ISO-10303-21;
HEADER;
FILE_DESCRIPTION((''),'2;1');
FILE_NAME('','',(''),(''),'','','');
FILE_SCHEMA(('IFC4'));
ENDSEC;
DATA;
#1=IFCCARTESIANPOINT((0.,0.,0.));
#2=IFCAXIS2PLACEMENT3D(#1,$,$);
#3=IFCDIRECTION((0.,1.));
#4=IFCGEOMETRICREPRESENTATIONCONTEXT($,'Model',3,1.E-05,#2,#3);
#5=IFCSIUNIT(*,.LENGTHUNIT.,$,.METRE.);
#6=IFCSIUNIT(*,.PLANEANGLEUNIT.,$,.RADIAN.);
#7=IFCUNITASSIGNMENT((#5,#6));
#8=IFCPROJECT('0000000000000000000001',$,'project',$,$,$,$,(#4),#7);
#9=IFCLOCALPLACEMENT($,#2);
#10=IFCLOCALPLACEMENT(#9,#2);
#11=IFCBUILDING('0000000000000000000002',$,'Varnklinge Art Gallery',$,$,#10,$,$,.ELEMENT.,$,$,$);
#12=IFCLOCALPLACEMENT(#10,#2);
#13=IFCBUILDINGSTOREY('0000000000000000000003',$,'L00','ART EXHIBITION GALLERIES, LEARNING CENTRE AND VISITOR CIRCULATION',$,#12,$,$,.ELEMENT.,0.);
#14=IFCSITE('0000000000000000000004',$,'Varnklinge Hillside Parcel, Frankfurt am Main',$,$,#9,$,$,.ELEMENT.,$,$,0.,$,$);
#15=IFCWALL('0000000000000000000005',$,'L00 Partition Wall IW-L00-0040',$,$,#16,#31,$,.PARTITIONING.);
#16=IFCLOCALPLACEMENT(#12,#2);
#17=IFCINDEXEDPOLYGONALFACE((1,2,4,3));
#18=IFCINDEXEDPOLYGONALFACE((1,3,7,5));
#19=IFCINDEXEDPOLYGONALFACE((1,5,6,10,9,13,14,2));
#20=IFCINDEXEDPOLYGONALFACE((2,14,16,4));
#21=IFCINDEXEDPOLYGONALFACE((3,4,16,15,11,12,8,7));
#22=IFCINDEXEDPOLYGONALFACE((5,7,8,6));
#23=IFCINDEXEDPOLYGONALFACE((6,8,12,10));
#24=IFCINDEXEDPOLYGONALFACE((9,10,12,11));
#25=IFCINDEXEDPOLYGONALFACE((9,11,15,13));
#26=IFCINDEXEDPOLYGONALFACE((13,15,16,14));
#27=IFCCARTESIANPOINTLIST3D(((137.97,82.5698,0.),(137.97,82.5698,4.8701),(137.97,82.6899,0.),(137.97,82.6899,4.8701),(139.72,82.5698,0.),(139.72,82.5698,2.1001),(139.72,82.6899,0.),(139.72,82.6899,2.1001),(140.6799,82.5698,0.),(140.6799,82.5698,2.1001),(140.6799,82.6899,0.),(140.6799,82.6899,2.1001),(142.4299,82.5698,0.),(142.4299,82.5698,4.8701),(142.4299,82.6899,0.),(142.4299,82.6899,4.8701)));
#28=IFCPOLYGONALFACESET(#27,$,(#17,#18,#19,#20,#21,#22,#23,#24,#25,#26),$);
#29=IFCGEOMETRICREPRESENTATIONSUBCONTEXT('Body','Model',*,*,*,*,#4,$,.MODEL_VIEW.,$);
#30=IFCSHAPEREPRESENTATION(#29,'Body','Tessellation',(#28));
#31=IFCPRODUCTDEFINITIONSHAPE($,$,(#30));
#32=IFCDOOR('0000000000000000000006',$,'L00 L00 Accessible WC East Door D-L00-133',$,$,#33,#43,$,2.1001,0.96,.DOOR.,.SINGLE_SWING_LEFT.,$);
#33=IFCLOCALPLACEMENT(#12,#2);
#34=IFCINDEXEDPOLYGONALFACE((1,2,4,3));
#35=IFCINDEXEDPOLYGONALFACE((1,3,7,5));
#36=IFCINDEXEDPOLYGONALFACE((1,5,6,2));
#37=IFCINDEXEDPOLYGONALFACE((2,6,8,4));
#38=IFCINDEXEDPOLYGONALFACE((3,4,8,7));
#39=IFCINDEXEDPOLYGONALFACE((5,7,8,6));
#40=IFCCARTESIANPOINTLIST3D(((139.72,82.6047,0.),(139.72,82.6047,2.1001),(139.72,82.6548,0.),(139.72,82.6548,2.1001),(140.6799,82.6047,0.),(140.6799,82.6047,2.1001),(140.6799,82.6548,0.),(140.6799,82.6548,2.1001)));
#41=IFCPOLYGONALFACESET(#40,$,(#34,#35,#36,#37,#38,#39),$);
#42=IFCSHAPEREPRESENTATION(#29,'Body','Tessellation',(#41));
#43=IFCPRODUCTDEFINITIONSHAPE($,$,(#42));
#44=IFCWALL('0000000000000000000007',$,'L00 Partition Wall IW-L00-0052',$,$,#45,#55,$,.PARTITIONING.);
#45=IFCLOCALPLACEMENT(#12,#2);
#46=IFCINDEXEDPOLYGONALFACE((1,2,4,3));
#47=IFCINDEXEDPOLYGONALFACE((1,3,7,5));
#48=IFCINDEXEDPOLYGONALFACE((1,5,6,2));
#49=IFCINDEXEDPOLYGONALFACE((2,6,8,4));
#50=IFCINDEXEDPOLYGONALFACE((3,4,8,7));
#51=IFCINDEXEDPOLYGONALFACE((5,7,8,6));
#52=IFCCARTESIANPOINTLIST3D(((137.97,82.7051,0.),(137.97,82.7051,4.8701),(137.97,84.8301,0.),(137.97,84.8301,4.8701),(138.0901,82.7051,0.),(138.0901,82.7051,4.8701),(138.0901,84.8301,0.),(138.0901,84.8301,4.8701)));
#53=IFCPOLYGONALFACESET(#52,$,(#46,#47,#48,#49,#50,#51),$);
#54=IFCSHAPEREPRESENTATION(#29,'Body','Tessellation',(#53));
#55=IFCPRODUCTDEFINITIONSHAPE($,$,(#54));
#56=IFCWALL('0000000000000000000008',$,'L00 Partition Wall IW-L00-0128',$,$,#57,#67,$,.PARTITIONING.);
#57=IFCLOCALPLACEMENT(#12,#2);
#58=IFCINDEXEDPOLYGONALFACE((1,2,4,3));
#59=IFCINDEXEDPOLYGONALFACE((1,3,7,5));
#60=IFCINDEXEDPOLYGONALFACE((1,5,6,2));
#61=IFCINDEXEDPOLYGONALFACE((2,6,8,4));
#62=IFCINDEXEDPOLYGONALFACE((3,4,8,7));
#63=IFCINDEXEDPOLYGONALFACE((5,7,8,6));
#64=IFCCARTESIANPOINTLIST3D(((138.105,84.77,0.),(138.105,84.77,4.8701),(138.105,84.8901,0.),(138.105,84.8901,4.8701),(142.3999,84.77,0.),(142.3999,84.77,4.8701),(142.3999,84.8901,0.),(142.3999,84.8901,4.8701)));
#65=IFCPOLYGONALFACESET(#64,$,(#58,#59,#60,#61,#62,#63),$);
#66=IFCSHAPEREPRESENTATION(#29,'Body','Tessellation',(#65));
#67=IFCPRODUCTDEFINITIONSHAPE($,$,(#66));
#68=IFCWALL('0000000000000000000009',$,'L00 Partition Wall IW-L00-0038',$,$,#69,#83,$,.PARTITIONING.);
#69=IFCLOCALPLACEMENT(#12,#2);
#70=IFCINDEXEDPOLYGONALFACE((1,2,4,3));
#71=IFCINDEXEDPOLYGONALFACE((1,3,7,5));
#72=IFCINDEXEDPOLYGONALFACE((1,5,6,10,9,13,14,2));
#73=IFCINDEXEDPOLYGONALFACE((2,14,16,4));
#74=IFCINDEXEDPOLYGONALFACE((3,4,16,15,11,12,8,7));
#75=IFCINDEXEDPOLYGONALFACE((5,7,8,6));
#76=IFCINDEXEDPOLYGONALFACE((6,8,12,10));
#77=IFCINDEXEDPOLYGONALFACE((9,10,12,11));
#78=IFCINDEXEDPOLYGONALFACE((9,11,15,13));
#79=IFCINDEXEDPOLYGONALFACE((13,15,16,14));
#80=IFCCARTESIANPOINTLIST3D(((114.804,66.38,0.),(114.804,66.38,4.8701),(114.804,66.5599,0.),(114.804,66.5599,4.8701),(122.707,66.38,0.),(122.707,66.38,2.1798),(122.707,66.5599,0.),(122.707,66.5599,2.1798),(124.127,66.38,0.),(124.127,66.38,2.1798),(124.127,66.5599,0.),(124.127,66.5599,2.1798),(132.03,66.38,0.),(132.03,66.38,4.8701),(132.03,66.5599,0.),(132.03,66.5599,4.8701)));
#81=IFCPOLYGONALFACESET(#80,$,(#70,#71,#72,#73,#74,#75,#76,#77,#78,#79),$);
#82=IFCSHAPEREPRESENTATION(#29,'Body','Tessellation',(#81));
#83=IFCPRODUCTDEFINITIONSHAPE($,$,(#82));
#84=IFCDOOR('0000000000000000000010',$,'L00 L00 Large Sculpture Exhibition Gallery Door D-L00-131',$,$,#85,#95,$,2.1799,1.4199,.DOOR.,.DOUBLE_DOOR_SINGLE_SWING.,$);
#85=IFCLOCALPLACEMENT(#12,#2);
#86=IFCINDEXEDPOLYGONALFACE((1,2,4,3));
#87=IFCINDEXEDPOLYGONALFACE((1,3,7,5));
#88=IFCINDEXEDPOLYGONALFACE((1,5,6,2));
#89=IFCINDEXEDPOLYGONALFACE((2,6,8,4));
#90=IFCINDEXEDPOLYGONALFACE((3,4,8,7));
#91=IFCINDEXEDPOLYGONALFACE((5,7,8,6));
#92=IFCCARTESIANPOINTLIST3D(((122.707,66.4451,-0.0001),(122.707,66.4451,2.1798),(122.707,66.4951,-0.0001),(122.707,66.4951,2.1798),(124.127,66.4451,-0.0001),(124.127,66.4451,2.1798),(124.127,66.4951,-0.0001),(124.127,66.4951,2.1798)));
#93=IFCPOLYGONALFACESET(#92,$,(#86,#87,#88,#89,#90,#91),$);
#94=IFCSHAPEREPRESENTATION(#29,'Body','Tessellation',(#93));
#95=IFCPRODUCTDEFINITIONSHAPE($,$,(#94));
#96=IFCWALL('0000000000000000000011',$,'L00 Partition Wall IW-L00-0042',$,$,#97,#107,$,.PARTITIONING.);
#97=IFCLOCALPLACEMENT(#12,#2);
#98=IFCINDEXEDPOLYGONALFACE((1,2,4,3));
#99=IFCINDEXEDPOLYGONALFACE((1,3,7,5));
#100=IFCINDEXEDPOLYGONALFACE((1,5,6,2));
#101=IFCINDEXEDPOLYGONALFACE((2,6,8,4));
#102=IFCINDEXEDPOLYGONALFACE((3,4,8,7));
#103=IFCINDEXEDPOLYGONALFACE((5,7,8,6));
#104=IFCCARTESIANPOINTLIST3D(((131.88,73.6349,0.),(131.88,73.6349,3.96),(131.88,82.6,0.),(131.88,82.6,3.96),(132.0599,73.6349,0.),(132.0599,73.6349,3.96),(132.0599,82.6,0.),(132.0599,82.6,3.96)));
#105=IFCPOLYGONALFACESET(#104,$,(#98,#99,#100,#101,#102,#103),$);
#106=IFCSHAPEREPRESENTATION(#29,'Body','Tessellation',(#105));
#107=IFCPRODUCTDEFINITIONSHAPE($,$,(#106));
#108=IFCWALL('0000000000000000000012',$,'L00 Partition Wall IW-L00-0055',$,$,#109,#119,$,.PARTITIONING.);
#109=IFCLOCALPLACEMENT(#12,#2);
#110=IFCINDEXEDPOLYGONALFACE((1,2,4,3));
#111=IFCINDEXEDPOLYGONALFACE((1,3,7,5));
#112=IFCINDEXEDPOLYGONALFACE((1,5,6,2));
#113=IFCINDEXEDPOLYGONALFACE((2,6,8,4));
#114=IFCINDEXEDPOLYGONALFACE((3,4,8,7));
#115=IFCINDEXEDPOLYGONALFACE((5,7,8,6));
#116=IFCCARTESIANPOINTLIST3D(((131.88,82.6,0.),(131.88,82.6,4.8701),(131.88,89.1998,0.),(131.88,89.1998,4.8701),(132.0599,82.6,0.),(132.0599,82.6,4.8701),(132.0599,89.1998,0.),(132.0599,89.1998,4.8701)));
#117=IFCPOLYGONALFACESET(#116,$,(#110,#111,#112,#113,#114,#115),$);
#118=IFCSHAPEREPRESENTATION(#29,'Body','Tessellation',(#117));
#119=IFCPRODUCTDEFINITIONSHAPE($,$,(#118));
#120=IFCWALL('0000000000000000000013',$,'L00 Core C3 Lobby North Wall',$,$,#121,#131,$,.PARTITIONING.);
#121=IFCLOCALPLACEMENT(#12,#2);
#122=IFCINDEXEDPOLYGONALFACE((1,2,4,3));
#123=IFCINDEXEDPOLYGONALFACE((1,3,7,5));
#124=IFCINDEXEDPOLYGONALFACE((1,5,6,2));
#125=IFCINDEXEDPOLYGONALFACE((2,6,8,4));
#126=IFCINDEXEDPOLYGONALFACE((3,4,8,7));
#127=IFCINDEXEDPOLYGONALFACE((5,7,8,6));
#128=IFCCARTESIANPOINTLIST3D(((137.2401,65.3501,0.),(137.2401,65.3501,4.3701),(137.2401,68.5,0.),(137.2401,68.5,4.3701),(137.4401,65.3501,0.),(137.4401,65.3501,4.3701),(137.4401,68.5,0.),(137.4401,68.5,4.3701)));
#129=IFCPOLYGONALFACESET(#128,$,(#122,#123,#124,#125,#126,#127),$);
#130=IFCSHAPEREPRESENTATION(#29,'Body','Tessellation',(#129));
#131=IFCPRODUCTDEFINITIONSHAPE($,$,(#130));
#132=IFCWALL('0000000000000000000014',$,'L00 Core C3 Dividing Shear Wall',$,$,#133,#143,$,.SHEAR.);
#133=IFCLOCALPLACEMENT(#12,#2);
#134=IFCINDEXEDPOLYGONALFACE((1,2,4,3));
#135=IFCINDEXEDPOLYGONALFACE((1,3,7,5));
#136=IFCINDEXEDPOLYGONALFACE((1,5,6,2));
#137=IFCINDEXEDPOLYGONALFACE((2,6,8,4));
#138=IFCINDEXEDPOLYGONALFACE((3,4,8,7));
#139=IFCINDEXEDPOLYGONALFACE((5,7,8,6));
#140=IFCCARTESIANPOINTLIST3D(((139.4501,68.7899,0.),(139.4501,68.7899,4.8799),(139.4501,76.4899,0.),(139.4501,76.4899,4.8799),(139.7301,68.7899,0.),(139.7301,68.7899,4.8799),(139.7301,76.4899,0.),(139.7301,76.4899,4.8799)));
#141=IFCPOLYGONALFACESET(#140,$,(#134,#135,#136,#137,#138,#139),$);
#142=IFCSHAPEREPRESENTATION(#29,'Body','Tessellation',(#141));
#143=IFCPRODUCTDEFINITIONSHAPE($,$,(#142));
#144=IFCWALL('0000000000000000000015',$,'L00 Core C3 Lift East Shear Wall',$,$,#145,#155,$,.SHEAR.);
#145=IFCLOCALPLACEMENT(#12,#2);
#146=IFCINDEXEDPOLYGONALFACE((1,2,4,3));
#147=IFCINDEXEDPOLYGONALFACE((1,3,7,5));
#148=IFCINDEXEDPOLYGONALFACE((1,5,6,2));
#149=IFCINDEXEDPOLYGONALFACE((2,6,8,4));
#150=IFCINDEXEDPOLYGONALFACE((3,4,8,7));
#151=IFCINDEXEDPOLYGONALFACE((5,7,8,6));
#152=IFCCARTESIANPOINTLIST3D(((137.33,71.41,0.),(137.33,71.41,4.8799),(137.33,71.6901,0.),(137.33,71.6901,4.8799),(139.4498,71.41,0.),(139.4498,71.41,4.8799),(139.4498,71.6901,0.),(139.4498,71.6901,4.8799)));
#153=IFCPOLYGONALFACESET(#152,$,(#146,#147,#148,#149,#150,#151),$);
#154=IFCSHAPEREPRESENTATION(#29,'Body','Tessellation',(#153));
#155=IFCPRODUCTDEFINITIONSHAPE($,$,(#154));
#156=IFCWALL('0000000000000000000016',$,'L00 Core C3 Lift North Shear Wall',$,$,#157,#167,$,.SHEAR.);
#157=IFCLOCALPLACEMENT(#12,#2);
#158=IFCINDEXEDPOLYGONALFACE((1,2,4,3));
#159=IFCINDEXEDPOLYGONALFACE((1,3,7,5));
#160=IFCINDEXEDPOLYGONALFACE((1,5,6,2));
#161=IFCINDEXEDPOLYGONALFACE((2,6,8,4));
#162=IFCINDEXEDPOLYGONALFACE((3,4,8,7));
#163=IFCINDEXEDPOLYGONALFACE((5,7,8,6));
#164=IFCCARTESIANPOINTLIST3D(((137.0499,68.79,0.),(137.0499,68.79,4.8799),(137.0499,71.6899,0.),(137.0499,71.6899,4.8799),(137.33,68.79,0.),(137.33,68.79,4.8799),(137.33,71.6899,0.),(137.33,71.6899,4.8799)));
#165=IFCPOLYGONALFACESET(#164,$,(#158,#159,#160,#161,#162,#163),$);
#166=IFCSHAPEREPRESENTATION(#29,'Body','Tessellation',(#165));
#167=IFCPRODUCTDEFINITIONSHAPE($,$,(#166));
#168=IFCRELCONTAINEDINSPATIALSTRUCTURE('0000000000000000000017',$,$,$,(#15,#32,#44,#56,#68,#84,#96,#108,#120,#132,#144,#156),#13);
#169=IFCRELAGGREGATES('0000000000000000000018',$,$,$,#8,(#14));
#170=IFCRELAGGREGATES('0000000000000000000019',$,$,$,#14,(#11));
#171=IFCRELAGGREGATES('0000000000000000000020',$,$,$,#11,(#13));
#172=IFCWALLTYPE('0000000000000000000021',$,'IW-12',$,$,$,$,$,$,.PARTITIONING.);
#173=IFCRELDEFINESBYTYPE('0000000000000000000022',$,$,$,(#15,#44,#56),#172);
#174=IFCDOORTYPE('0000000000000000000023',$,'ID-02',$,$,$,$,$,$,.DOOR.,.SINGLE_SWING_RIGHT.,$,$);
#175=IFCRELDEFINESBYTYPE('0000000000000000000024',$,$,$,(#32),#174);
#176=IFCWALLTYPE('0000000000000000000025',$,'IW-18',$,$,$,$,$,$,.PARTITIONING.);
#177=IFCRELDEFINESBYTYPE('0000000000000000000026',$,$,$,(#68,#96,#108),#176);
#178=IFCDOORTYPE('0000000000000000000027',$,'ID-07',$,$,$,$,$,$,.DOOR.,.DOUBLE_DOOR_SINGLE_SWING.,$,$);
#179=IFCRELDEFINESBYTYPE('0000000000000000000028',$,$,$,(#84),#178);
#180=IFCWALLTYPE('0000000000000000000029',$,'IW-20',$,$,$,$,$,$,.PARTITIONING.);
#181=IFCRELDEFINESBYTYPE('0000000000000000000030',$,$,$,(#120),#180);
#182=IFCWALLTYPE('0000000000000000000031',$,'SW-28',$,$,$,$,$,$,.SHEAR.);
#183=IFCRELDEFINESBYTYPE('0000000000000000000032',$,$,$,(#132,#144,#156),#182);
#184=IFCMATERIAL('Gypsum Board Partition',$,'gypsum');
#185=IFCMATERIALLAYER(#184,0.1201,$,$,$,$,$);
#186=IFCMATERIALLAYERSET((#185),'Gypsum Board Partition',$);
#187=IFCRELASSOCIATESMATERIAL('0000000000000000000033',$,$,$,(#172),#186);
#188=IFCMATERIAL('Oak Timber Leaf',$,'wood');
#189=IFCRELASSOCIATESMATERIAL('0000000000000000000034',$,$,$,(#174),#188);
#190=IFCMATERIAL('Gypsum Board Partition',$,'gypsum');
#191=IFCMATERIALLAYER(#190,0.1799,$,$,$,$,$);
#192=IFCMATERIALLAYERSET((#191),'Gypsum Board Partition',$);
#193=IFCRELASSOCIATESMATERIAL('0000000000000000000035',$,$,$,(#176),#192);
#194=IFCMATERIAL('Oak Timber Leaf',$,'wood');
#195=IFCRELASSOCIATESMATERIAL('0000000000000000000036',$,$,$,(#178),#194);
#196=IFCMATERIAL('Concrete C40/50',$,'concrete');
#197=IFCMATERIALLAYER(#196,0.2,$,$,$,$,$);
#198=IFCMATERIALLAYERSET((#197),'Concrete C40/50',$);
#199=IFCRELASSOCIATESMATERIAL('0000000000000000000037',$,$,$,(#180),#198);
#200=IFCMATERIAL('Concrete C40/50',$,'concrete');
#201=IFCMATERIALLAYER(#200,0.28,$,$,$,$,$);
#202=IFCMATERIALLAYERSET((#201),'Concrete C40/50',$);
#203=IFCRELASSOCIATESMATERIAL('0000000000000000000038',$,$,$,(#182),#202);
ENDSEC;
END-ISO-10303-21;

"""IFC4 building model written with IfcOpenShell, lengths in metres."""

from ifc_helpers import new_model, si_unit, direction, frame, frame_2d, origin, place, context, subcontext, project, spatial, rectangle, extrude, material, layer, layer_set, type_object, element, fill, save


model = new_model("IFC4")

# Units and contexts
model_context = context("Model", 3, precision=1e-05, world=origin(), true_north=direction((0.0, 1.0)))
body_context = subcontext(model_context, "Body", "Model", "MODEL_VIEW")
ifc_project = project(units=[si_unit("LENGTHUNIT", "METRE"), si_unit("PLANEANGLEUNIT", "RADIAN")], contexts=[model_context])

# Site, building, storey
site_placement = place(None, origin())
site = spatial("IfcSite", under=ifc_project, at=site_placement, Name="Varnklinge Hillside Parcel, Frankfurt am Main", CompositionType="ELEMENT", RefElevation=0.0)
building_placement = place(site_placement, origin())
building = spatial("IfcBuilding", under=site, at=building_placement, Name="Varnklinge Art Gallery", CompositionType="ELEMENT")
storey_placement = place(building_placement, origin())
storey = spatial("IfcBuildingStorey", under=building, at=storey_placement, Name="L00", Description="ART EXHIBITION GALLERIES, LEARNING CENTRE AND VISITOR CIRCULATION", CompositionType="ELEMENT", Elevation=0.0)

# Wall, opening, door
ifc_material_1 = material(Name="Gypsum Board Partition", Category="gypsum")
ifc_layer_1 = layer(ifc_material_1, 0.1201)
ifc_layer_set_1 = layer_set([ifc_layer_1], Name="Gypsum Board Partition")
wall_type_1 = type_object("IfcWallType", Name="IW-12", PredefinedType="PARTITIONING", material=ifc_layer_set_1)
wall_1_placement = place(storey_placement, frame((137.97, 82.6299, 0.0), z_axis=(0.0, 0.0, 1.0), x_axis=(1.0, 0.0, 0.0)))
wall_1 = element("IfcWall", 1, at=wall_1_placement, inside=storey, type_object=wall_type_1, Name="L00 Partition Wall IW-L00-0040", PredefinedType="PARTITIONING", context=body_context, shape_type="SweptSolid", body=[
    extrude(rectangle(XDim=4.46, YDim=0.1201, at=frame_2d((2.23, 0.0))), origin(), (0.0, 0.0, 1.0), 4.8701),
])
opening_1_placement = place(wall_1_placement, frame((1.75, 0.0, 0.0)))
opening_1 = element("IfcOpeningElement", 2, at=opening_1_placement, cuts=wall_1, PredefinedType="OPENING", context=body_context, shape_type="SweptSolid", body=[
    extrude(rectangle(XDim=0.96, YDim=2.1001, at=frame_2d((0.48, 1.05))), frame((0.0, 0.0701, 0.0), z_axis=(0.0, -1.0, 0.0), x_axis=(1.0, 0.0, 0.0)), (0.0, 0.0, 1.0), 0.1401),
])
ifc_material_2 = material(Name="Oak Timber Leaf", Category="wood")
door_type_1 = type_object("IfcDoorType", Name="ID-02", OperationType="SINGLE_SWING_RIGHT", PredefinedType="DOOR", material=ifc_material_2)
door_1_placement = place(opening_1_placement, origin())
door_1 = element("IfcDoor", 3, at=door_1_placement, inside=storey, type_object=door_type_1, Name="L00 L00 Accessible WC East Door D-L00-133", OperationType="SINGLE_SWING_LEFT", OverallHeight=2.1001, OverallWidth=0.96, PredefinedType="DOOR", context=body_context, shape_type="SweptSolid", body=[
    extrude(rectangle(XDim=0.96, YDim=2.1001, at=frame_2d((0.48, 1.05))), frame((0.0, 0.0249, 0.0), z_axis=(0.0, -1.0, 0.0), x_axis=(1.0, 0.0, 0.0)), (0.0, 0.0, 1.0), 0.05),
])
fill(opening_1, door_1)

# Wall
wall_2_placement = place(storey_placement, frame((138.03, 84.8301, 0.0), z_axis=(0.0, 0.0, 1.0), x_axis=(0.0, -1.0, 0.0)))
element("IfcWall", 4, at=wall_2_placement, inside=storey, type_object=wall_type_1, Name="L00 Partition Wall IW-L00-0052", PredefinedType="PARTITIONING", context=body_context, shape_type="SweptSolid", body=[
    extrude(rectangle(XDim=2.125, YDim=0.1201, at=frame_2d((1.0625, 0.0))), origin(), (0.0, 0.0, 1.0), 4.8701),
])

# Wall
wall_3_placement = place(storey_placement, frame((138.105, 84.8301, 0.0), z_axis=(0.0, 0.0, 1.0), x_axis=(1.0, 0.0, 0.0)))
element("IfcWall", 5, at=wall_3_placement, inside=storey, type_object=wall_type_1, Name="L00 Partition Wall IW-L00-0128", PredefinedType="PARTITIONING", context=body_context, shape_type="SweptSolid", body=[
    extrude(rectangle(XDim=4.2949, YDim=0.1201, at=frame_2d((2.1475, 0.0))), origin(), (0.0, 0.0, 1.0), 4.8701),
])

# Wall, opening, door
ifc_material_3 = material(Name="Gypsum Board Partition", Category="gypsum")
ifc_layer_2 = layer(ifc_material_3, 0.1799)
ifc_layer_set_2 = layer_set([ifc_layer_2], Name="Gypsum Board Partition")
wall_type_2 = type_object("IfcWallType", Name="IW-18", PredefinedType="PARTITIONING", material=ifc_layer_set_2)
wall_4_placement = place(storey_placement, frame((132.03, 66.47, 0.0), z_axis=(0.0, 0.0, 1.0), x_axis=(-1.0, 0.0, 0.0)))
wall_4 = element("IfcWall", 6, at=wall_4_placement, inside=storey, type_object=wall_type_2, Name="L00 Partition Wall IW-L00-0038", PredefinedType="PARTITIONING", context=body_context, shape_type="SweptSolid", body=[
    extrude(rectangle(XDim=17.2261, YDim=0.1799, at=frame_2d((8.613, 0.0))), origin(), (0.0, 0.0, 1.0), 4.8701),
])
opening_2_placement = place(wall_4_placement, frame((7.9031, 0.0, 0.0)))
opening_2 = element("IfcOpeningElement", 7, at=opening_2_placement, cuts=wall_4, PredefinedType="OPENING", context=body_context, shape_type="SweptSolid", body=[
    extrude(rectangle(XDim=1.4199, YDim=2.1799, at=frame_2d((0.71, 1.0898))), frame((0.0, 0.0999, 0.0), z_axis=(0.0, -1.0, 0.0), x_axis=(1.0, 0.0, 0.0)), (0.0, 0.0, 1.0), 0.2),
])
ifc_material_4 = material(Name="Oak Timber Leaf", Category="wood")
door_type_2 = type_object("IfcDoorType", Name="ID-07", OperationType="DOUBLE_DOOR_SINGLE_SWING", PredefinedType="DOOR", material=ifc_material_4)
door_2_placement = place(opening_2_placement, origin())
door_2 = element("IfcDoor", 8, at=door_2_placement, inside=storey, type_object=door_type_2, Name="L00 L00 Large Sculpture Exhibition Gallery Door D-L00-131", OperationType="DOUBLE_DOOR_SINGLE_SWING", OverallHeight=2.1799, OverallWidth=1.4199, PredefinedType="DOOR", context=body_context, shape_type="SweptSolid", body=[
    extrude(rectangle(XDim=1.4199, YDim=2.1799, at=frame_2d((0.71, 1.0898))), frame((0.0, 0.0249, 0.0), z_axis=(0.0, -1.0, 0.0), x_axis=(1.0, 0.0, 0.0)), (0.0, 0.0, 1.0), 0.05),
])
fill(opening_2, door_2)

# Walls
wall_5_placement = place(storey_placement, frame((131.97, 73.635, 0.0), z_axis=(0.0, 0.0, 1.0), x_axis=(0.0, 1.0, 0.0)))
element("IfcWall", 9, at=wall_5_placement, inside=storey, type_object=wall_type_2, Name="L00 Partition Wall IW-L00-0042", PredefinedType="PARTITIONING", context=body_context, shape_type="SweptSolid", body=[
    extrude(rectangle(XDim=8.9651, YDim=0.1799, at=frame_2d((4.4824, 0.0))), origin(), (0.0, 0.0, 1.0), 3.96),
])
wall_6_placement = place(storey_placement, frame((131.97, 82.6001, 0.0), z_axis=(0.0, 0.0, 1.0), x_axis=(0.0, 1.0, 0.0)))
element("IfcWall", 10, at=wall_6_placement, inside=storey, type_object=wall_type_2, Name="L00 Partition Wall IW-L00-0055", PredefinedType="PARTITIONING", context=body_context, shape_type="SweptSolid", body=[
    extrude(rectangle(XDim=6.5999, YDim=0.1799, at=frame_2d((3.2998, 0.0))), origin(), (0.0, 0.0, 1.0), 4.8701),
])
ifc_material_5 = material(Name="Concrete C40/50", Category="concrete")
ifc_layer_3 = layer(ifc_material_5, 0.2)
ifc_layer_set_3 = layer_set([ifc_layer_3], Name="Concrete C40/50")
wall_type_3 = type_object("IfcWallType", Name="IW-20", PredefinedType="PARTITIONING", material=ifc_layer_set_3)
wall_7_placement = place(storey_placement, frame((137.3401, 68.5, 0.0), z_axis=(0.0, 0.0, 1.0), x_axis=(0.0, -1.0, 0.0)))
element("IfcWall", 11, at=wall_7_placement, inside=storey, type_object=wall_type_3, Name="L00 Core C3 Lobby North Wall", PredefinedType="PARTITIONING", context=body_context, shape_type="SweptSolid", body=[
    extrude(rectangle(XDim=3.1499, YDim=0.2, at=frame_2d((1.575, 0.0))), origin(), (0.0, 0.0, 1.0), 4.3701),
])
ifc_material_6 = material(Name="Concrete C40/50", Category="concrete")
ifc_layer_4 = layer(ifc_material_6, 0.28)
ifc_layer_set_4 = layer_set([ifc_layer_4], Name="Concrete C40/50")
wall_type_4 = type_object("IfcWallType", Name="SW-28", PredefinedType="SHEAR", material=ifc_layer_set_4)
wall_8_placement = place(storey_placement, frame((139.5901, 76.49, 0.0), z_axis=(0.0, 0.0, 1.0), x_axis=(0.0, -1.0, 0.0)))
element("IfcWall", 12, at=wall_8_placement, inside=storey, type_object=wall_type_4, Name="L00 Core C3 Dividing Shear Wall", PredefinedType="SHEAR", context=body_context, shape_type="SweptSolid", body=[
    extrude(rectangle(XDim=7.7, YDim=0.28, at=frame_2d((3.8501, 0.0))), origin(), (0.0, 0.0, 1.0), 4.8799),
])
wall_9_placement = place(storey_placement, frame((139.45, 71.55, 0.0), z_axis=(0.0, 0.0, 1.0), x_axis=(-1.0, 0.0, 0.0)))
element("IfcWall", 13, at=wall_9_placement, inside=storey, type_object=wall_type_4, Name="L00 Core C3 Lift East Shear Wall", PredefinedType="SHEAR", context=body_context, shape_type="SweptSolid", body=[
    extrude(rectangle(XDim=2.1199, YDim=0.28, at=frame_2d((1.0601, 0.0))), origin(), (0.0, 0.0, 1.0), 4.8799),
])
wall_10_placement = place(storey_placement, frame((137.1899, 71.6899, 0.0), z_axis=(0.0, 0.0, 1.0), x_axis=(0.0, -1.0, 0.0)))
element("IfcWall", 14, at=wall_10_placement, inside=storey, type_object=wall_type_4, Name="L00 Core C3 Lift North Shear Wall", PredefinedType="SHEAR", context=body_context, shape_type="SweptSolid", body=[
    extrude(rectangle(XDim=2.8999, YDim=0.28, at=frame_2d((1.45, 0.0))), origin(), (0.0, 0.0, 1.0), 4.8799),
])

save(model, "model.ifc")
